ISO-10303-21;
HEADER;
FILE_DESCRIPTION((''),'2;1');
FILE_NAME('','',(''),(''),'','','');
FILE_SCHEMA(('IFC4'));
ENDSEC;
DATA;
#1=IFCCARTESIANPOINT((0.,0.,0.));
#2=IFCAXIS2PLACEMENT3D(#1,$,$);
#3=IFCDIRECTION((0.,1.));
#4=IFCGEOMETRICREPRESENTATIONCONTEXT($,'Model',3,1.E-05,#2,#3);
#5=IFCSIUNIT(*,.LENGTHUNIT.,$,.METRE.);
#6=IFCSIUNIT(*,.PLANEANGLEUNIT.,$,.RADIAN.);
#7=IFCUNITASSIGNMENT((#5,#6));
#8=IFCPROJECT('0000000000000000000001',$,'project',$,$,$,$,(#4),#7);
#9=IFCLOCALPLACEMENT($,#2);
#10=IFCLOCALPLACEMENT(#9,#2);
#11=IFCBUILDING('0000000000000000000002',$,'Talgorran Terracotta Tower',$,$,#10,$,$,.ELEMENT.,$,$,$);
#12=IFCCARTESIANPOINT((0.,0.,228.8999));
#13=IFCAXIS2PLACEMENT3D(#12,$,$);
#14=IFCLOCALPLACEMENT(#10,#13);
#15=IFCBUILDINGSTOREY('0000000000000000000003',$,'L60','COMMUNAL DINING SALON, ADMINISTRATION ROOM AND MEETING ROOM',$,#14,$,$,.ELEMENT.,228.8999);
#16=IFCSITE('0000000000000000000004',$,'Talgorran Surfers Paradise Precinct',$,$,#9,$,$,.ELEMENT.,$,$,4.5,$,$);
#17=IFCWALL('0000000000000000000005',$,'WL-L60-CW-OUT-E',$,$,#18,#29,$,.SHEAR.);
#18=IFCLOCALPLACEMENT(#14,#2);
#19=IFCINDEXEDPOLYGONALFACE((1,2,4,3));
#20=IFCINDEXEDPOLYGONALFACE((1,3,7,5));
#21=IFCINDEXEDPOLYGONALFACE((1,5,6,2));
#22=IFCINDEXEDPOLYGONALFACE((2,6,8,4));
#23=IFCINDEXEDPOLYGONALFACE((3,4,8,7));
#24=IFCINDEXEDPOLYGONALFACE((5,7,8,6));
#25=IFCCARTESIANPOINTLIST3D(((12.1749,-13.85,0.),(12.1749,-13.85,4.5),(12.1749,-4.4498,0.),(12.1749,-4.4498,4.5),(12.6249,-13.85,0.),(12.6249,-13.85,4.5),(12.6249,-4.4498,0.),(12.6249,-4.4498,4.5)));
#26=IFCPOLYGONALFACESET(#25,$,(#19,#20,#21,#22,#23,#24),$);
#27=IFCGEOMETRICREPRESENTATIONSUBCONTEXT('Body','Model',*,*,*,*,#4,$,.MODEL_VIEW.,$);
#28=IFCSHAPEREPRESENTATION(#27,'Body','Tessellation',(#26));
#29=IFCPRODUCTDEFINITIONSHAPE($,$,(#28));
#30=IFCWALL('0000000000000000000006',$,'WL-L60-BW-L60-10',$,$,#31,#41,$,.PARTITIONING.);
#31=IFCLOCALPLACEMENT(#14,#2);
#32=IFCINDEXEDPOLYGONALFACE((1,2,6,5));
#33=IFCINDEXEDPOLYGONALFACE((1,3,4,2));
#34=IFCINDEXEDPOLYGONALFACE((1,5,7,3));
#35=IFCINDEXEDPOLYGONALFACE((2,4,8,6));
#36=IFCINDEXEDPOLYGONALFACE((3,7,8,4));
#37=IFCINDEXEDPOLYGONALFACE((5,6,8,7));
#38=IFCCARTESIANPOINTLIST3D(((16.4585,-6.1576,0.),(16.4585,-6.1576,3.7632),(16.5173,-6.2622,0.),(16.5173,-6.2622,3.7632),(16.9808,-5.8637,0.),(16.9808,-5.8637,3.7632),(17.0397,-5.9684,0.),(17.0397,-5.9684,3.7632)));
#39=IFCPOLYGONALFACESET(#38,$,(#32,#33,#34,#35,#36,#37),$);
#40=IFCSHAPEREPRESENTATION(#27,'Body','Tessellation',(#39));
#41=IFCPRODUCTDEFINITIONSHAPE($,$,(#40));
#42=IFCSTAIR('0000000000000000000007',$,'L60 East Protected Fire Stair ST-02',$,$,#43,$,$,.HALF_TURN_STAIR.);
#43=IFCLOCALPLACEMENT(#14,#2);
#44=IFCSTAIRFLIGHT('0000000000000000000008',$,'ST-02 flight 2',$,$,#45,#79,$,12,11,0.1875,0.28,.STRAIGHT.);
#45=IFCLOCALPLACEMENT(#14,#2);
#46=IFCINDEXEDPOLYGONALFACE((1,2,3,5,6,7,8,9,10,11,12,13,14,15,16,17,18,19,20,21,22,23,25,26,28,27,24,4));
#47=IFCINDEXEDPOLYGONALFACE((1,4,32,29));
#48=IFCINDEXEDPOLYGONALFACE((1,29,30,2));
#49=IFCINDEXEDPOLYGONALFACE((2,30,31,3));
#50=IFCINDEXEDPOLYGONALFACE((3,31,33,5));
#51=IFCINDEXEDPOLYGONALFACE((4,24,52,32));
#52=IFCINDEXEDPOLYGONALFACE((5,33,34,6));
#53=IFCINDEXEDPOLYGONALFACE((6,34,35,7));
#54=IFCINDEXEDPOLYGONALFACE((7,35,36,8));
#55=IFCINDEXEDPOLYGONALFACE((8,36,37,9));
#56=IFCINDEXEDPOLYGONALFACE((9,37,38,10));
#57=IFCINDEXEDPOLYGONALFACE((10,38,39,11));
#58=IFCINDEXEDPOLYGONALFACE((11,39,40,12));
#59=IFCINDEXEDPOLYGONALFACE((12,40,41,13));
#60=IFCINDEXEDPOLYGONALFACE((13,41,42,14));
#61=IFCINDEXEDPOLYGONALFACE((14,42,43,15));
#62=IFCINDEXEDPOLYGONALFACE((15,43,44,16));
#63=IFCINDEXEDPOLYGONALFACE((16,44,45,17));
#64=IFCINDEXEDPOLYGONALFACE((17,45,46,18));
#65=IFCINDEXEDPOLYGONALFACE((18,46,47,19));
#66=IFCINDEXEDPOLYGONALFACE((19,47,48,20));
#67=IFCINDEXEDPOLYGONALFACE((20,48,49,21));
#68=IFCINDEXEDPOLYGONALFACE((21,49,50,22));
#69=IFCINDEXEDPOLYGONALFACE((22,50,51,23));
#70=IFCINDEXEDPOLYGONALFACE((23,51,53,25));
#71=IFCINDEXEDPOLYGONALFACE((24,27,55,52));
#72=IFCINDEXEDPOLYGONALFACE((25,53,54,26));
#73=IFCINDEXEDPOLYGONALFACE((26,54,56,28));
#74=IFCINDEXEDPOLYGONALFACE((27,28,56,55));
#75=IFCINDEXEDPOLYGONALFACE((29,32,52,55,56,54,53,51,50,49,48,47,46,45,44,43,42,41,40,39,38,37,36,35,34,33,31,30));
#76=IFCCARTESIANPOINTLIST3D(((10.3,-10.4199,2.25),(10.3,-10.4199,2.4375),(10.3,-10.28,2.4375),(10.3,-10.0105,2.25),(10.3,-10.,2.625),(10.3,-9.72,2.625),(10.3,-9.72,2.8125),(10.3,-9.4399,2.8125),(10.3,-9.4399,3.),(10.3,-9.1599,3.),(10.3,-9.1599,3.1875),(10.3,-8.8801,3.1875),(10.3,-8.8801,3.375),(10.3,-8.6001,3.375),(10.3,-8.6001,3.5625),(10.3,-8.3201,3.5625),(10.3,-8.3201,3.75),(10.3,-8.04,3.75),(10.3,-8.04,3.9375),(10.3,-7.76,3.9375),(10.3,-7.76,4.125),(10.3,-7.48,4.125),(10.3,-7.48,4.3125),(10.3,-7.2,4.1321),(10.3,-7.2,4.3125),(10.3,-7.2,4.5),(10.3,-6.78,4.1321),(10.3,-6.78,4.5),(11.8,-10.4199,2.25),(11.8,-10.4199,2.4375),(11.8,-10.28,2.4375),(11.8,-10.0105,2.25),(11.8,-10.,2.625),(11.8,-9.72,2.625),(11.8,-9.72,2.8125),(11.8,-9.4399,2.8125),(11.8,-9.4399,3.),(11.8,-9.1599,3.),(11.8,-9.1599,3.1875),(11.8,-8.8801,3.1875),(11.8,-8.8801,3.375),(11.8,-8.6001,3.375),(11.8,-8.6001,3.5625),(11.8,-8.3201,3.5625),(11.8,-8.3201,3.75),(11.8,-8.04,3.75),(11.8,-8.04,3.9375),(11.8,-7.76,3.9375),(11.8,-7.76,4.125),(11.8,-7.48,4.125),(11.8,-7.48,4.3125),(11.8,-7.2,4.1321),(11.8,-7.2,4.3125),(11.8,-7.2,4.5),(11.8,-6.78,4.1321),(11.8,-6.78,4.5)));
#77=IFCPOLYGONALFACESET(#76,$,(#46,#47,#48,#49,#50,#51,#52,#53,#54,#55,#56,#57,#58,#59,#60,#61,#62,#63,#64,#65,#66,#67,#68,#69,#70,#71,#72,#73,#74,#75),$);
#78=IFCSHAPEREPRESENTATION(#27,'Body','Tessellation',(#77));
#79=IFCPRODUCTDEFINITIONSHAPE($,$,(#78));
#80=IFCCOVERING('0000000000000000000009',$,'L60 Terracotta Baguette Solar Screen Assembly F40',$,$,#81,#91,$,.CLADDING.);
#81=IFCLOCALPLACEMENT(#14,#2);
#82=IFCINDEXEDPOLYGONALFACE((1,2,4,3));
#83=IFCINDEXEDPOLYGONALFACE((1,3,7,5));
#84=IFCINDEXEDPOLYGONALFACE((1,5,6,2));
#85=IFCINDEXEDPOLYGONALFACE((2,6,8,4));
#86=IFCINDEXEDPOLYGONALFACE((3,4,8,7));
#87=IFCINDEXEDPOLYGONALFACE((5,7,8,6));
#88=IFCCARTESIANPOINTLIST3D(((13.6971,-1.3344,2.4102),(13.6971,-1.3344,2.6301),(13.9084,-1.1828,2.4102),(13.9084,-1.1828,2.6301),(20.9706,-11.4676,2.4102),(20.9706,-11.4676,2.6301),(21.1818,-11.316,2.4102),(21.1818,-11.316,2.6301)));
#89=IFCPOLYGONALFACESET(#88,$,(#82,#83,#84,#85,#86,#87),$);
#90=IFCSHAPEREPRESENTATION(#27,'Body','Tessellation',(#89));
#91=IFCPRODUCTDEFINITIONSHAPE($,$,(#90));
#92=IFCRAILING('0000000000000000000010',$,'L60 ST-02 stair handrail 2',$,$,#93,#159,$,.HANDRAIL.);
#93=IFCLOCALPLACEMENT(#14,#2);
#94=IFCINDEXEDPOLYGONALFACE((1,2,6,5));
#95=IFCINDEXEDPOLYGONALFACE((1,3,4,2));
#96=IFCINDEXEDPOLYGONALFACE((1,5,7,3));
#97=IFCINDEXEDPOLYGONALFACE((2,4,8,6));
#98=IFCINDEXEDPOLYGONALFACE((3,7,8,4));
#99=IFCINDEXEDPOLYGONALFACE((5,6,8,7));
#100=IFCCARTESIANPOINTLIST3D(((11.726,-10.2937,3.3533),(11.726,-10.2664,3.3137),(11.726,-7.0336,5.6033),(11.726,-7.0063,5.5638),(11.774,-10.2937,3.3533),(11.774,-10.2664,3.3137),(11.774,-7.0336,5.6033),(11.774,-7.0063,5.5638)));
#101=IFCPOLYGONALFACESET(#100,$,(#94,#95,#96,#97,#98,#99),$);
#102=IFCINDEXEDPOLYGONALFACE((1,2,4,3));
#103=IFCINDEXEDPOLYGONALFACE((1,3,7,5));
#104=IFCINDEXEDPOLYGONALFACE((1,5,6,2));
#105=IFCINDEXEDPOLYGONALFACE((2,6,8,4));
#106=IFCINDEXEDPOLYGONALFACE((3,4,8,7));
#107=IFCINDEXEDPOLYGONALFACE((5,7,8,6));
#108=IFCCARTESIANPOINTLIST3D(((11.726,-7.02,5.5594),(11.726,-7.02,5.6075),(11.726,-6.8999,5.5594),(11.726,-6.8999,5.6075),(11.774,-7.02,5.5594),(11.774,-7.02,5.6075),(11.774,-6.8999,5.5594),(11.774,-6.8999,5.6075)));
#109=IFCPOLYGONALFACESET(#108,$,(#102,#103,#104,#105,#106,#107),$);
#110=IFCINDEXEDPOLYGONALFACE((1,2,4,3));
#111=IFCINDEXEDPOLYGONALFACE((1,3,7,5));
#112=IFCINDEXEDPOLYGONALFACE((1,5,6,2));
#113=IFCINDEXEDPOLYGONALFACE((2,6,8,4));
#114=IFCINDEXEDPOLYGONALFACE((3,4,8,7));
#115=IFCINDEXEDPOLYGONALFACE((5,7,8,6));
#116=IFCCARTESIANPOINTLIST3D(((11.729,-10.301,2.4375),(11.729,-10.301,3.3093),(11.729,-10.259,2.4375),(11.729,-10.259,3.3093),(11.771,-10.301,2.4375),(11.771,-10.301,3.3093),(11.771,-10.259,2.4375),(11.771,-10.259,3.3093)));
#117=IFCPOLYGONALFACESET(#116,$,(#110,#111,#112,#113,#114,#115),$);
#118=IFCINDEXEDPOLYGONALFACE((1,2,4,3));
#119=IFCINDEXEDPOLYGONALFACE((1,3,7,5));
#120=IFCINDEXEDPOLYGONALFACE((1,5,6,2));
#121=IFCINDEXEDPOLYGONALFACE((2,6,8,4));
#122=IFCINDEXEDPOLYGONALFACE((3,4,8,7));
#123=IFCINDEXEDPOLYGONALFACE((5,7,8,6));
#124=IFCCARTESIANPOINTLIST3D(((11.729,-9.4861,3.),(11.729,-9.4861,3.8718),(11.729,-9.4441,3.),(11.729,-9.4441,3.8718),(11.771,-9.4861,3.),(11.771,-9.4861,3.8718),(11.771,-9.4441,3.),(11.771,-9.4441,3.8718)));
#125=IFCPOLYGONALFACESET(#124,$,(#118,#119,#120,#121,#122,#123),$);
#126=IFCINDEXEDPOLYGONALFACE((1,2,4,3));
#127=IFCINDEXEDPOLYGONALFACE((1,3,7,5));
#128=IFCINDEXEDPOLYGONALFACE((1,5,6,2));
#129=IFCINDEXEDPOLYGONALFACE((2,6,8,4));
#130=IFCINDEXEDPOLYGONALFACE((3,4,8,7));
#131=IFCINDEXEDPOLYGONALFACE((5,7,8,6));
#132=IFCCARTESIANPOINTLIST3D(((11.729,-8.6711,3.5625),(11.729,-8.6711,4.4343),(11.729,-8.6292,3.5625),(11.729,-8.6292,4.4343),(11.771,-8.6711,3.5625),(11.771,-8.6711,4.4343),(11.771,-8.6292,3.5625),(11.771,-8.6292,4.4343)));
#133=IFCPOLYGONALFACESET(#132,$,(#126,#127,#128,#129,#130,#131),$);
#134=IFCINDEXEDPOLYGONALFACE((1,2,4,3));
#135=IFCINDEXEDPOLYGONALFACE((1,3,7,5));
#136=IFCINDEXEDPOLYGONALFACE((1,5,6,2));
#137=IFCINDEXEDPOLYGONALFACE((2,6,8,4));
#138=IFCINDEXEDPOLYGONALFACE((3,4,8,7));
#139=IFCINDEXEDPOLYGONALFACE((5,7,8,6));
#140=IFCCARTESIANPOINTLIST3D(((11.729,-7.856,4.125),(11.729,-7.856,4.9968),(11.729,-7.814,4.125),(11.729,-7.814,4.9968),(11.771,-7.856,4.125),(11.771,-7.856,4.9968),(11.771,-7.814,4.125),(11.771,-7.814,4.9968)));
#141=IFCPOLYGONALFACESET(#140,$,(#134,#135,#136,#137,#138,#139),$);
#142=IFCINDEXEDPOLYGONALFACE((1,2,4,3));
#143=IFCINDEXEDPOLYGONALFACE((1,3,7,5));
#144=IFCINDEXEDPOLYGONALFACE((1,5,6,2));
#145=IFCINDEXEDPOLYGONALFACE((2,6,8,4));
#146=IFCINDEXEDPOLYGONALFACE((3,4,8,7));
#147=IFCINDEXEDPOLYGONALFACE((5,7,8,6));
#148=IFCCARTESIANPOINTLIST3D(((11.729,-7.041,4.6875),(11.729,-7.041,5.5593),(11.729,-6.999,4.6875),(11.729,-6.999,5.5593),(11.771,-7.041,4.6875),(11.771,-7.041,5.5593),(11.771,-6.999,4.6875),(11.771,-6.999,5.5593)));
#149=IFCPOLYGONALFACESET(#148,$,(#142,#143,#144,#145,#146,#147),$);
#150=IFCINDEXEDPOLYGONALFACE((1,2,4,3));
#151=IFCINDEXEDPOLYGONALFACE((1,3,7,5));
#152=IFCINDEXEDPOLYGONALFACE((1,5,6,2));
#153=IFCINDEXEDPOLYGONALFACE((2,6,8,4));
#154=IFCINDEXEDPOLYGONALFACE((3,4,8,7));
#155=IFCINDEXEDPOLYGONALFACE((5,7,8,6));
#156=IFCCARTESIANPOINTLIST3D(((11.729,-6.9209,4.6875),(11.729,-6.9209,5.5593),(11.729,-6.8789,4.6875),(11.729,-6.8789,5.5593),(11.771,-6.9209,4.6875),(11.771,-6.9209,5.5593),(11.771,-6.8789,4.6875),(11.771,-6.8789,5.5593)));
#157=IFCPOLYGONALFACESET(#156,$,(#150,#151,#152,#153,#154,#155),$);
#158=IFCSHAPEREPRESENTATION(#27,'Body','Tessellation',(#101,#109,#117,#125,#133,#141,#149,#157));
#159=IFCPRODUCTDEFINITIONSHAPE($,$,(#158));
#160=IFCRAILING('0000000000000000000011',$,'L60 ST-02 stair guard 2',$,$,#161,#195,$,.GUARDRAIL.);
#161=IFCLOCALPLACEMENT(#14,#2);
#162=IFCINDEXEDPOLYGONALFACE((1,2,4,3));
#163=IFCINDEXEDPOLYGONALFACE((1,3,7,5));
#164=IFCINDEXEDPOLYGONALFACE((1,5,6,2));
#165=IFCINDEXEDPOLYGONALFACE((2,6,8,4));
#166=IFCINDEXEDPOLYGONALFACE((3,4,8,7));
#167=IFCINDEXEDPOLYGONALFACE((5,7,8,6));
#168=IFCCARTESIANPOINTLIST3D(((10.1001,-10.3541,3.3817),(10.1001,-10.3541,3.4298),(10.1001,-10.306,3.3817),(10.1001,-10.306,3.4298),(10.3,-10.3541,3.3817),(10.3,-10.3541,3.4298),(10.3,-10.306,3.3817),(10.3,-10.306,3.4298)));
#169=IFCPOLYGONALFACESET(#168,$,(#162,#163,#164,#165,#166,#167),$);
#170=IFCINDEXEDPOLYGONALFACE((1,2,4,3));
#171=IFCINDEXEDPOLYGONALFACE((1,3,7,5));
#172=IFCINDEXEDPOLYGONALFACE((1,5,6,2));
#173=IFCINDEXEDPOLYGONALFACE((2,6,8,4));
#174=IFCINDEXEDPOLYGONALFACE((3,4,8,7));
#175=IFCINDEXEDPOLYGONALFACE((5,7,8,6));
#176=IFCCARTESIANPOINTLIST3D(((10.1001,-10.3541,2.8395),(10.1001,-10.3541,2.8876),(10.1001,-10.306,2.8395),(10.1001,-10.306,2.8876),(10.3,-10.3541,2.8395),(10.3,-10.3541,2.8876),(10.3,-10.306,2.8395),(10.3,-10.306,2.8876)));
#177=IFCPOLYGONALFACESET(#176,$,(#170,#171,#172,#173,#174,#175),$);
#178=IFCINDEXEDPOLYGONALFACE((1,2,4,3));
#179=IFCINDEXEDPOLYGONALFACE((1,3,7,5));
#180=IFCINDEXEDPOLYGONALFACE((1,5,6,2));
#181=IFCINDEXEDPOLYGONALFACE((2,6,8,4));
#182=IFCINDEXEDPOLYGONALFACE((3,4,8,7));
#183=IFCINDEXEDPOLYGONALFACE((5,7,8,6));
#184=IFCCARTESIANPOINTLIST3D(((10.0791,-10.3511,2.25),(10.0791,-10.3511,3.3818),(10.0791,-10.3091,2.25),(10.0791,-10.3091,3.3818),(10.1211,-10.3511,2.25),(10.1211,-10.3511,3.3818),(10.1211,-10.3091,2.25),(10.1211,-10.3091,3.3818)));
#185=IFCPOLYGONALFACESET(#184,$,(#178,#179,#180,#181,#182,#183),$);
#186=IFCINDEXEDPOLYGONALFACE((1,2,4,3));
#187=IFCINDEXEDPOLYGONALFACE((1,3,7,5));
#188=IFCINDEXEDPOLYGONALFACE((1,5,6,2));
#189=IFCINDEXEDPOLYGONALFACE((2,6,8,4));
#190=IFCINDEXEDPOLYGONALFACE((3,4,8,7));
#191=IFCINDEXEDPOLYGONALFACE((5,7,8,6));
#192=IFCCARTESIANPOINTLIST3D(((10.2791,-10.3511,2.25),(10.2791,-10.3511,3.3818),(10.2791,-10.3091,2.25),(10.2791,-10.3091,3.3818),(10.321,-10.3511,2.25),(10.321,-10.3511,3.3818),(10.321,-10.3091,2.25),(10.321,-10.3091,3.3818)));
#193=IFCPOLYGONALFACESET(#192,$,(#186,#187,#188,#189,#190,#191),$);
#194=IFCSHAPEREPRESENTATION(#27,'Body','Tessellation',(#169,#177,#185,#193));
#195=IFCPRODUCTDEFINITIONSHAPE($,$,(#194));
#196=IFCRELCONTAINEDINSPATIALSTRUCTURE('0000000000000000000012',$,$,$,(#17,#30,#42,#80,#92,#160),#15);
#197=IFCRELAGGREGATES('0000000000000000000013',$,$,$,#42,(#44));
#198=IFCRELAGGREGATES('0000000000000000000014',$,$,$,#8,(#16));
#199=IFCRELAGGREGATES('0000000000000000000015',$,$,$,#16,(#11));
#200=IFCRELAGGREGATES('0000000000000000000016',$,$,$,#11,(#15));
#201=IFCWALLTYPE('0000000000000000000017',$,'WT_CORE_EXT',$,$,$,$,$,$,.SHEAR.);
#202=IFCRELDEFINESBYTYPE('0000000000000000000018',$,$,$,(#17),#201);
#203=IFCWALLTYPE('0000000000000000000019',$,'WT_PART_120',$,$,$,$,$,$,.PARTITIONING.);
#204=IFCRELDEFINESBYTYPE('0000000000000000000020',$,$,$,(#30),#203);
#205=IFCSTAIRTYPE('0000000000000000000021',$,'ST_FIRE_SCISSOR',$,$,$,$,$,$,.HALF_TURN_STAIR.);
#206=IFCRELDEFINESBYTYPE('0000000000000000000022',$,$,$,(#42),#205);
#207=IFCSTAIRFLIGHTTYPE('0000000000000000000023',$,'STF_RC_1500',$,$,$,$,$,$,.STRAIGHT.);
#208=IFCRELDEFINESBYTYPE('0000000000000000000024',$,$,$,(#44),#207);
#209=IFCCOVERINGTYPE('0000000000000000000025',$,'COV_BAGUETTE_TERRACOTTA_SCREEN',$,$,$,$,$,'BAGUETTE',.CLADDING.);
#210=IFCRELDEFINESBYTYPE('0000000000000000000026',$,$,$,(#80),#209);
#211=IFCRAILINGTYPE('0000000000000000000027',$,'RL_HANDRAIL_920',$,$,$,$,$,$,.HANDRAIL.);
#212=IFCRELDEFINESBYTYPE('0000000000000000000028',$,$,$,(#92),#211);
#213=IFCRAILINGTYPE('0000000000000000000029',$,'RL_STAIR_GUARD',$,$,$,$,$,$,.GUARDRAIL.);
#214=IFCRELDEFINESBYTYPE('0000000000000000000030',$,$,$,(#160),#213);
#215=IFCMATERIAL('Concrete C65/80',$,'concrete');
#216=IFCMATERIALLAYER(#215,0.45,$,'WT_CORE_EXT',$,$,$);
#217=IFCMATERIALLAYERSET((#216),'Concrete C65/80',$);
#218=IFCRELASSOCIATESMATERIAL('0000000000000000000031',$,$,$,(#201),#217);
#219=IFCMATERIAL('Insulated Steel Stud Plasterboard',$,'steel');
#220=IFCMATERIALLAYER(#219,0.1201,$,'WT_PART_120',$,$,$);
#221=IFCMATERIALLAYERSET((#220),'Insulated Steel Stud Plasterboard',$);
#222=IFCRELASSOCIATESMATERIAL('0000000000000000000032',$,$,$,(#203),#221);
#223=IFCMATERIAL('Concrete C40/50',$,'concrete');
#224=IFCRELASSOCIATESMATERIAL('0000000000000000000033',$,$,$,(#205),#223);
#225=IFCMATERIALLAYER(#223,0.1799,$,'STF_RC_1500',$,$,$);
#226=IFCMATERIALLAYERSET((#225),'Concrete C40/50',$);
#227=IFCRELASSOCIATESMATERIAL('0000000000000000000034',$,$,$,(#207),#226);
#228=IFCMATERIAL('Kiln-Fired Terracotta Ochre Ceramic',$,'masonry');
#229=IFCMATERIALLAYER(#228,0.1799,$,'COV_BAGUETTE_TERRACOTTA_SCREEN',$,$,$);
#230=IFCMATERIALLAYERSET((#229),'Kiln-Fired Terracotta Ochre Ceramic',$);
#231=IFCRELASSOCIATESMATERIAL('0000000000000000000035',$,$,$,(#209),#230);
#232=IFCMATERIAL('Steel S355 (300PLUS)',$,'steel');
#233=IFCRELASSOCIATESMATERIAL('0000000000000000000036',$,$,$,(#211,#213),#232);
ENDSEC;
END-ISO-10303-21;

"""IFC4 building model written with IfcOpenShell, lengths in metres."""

from ifc_helpers import new_model, si_unit, direction, frame, frame_2d, origin, origin_2d, place, context, subcontext, project, spatial, polyline, rectangle, outline, extrude, material, layer, layer_set, type_object, element, aggregate, save


model = new_model("IFC4")

# Units and contexts
model_context = context("Model", 3, precision=1e-05, world=origin(), true_north=direction((0.0, 1.0)))
body_context = subcontext(model_context, "Body", "Model", "MODEL_VIEW")
ifc_project = project(units=[si_unit("LENGTHUNIT", "METRE"), si_unit("PLANEANGLEUNIT", "RADIAN")], contexts=[model_context])

# Site, building, storey
site_placement = place(None, origin())
site = spatial("IfcSite", under=ifc_project, at=site_placement, Name="Talgorran Surfers Paradise Precinct", CompositionType="ELEMENT", RefElevation=4.5)
building_placement = place(site_placement, origin())
building = spatial("IfcBuilding", under=site, at=building_placement, Name="Talgorran Terracotta Tower", CompositionType="ELEMENT")
storey_placement = place(building_placement, frame((0.0, 0.0, 228.8999)))
storey = spatial("IfcBuildingStorey", under=building, at=storey_placement, Name="L60", Description="COMMUNAL DINING SALON, ADMINISTRATION ROOM AND MEETING ROOM", CompositionType="ELEMENT", Elevation=228.8999)

# Shared definitions
ifc_material_1 = material(Name="Steel S355 (300PLUS)", Category="steel")

# Walls
ifc_material_2 = material(Name="Concrete C65/80", Category="concrete")
ifc_layer_1 = layer(ifc_material_2, 0.45, Name="WT_CORE_EXT")
ifc_layer_set_1 = layer_set([ifc_layer_1], Name="Concrete C65/80")
wall_type_1 = type_object("IfcWallType", Name="WT_CORE_EXT", PredefinedType="SHEAR", material=ifc_layer_set_1)
wall_1_placement = place(storey_placement, frame((12.3999, -13.8501, 0.0), z_axis=(0.0, 0.0, 1.0), x_axis=(0.0, 1.0, 0.0)))
element("IfcWall", 1, at=wall_1_placement, inside=storey, type_object=wall_type_1, Name="WL-L60-CW-OUT-E", PredefinedType="SHEAR", context=body_context, shape_type="SweptSolid", body=[
    extrude(rectangle(XDim=9.4001, YDim=0.45, at=frame_2d((4.7002, 0.0))), origin(), (0.0, 0.0, 1.0), 4.5),
])
ifc_material_3 = material(Name="Insulated Steel Stud Plasterboard", Category="steel")
ifc_layer_2 = layer(ifc_material_3, 0.1201, Name="WT_PART_120")
ifc_layer_set_2 = layer_set([ifc_layer_2], Name="Insulated Steel Stud Plasterboard")
wall_type_2 = type_object("IfcWallType", Name="WT_PART_120", PredefinedType="PARTITIONING", material=ifc_layer_set_2)
wall_2_placement = place(storey_placement, frame((16.4878, -6.21, 0.0), z_axis=(0.0, 0.0, 1.0), x_axis=(0.871532, 0.490339, 0.0)))
element("IfcWall", 2, at=wall_2_placement, inside=storey, type_object=wall_type_2, Name="WL-L60-BW-L60-10", PredefinedType="PARTITIONING", context=body_context, shape_type="SweptSolid", body=[
    extrude(rectangle(XDim=0.5994, YDim=0.1201, at=frame_2d((0.2998, 0.0))), origin(), (0.0, 0.0, 1.0), 3.7632),
])

# Stair, stair flight
ifc_material_4 = material(Name="Concrete C40/50", Category="concrete")
stair_type = type_object("IfcStairType", Name="ST_FIRE_SCISSOR", PredefinedType="HALF_TURN_STAIR", material=ifc_material_4)
stair_placement = place(storey_placement, origin())
stair = element("IfcStair", 3, at=stair_placement, inside=storey, type_object=stair_type, Name="L60 East Protected Fire Stair ST-02", PredefinedType="HALF_TURN_STAIR")
ifc_layer_3 = layer(ifc_material_4, 0.1799, Name="STF_RC_1500")
ifc_layer_set_3 = layer_set([ifc_layer_3], Name="Concrete C40/50")
stair_flight_type = type_object("IfcStairFlightType", Name="STF_RC_1500", PredefinedType="STRAIGHT", material=ifc_layer_set_3)
stair_flight_placement = place(storey_placement, frame((11.05, -10.28, 2.25), z_axis=(0.0, 0.0, 1.0), x_axis=(0.0, 1.0, 0.0)))
stair_flight = element("IfcStairFlight", 4, at=stair_flight_placement, type_object=stair_flight_type, Name="ST-02 flight 2", NumberOfRisers=12, NumberOfTreads=11, PredefinedType="STRAIGHT", RiserHeight=0.1875, TreadLength=0.28, context=body_context, shape_type="SweptSolid", body=[
    extrude(outline(polyline([(-0.1399, 0.0), (-0.1399, 0.1875), (0.0, 0.1875), (0.28, 0.375), (0.5601, 0.375), (0.5601, 0.5625), (0.8401, 0.5625), (0.8401, 0.75), (1.1201, 0.75), (1.1201, 0.9375), (1.3999, 0.9375), (1.3999, 1.125), (1.6799, 1.125), (1.6799, 1.3125), (1.96, 1.3125), (1.96, 1.5), (2.24, 1.5), (2.24, 1.6875), (2.52, 1.6875), (2.52, 1.875), (2.8, 1.875), (2.8, 2.0625), (3.0801, 2.0625), (3.0801, 2.25), (3.5, 2.25), (3.5, 1.8821), (3.0801, 1.8821), (0.2695, 0.0), (-0.1399, 0.0)])), frame((0.0, 0.75, 0.0), z_axis=(0.0, -1.0, 0.0), x_axis=(1.0, 0.0, 0.0)), (0.0, 0.0, 1.0), 1.5),
])
aggregate(stair, [stair_flight])

# Covering
ifc_material_5 = material(Name="Kiln-Fired Terracotta Ochre Ceramic", Category="masonry")
ifc_layer_4 = layer(ifc_material_5, 0.1799, Name="COV_BAGUETTE_TERRACOTTA_SCREEN")
ifc_layer_set_4 = layer_set([ifc_layer_4], Name="Kiln-Fired Terracotta Ochre Ceramic")
covering_type = type_object("IfcCoveringType", Name="COV_BAGUETTE_TERRACOTTA_SCREEN", ElementType="BAGUETTE", PredefinedType="CLADDING", material=ifc_layer_set_4)
covering_placement = place(storey_placement, frame((17.4395, -6.3252, 2.4102), z_axis=(0.0, 0.0, 1.0), x_axis=(-0.583116, 0.812389, 0.0)))
element("IfcCovering", 5, at=covering_placement, inside=storey, type_object=covering_type, Name="L60 Terracotta Baguette Solar Screen Assembly F40", PredefinedType="CLADDING", context=body_context, shape_type="SweptSolid", body=[
    extrude(rectangle(XDim=12.4734, YDim=0.26, at=origin_2d()), origin(), (0.0, 0.0, 1.0), 0.22),
])

# Railings
railing_type_1 = type_object("IfcRailingType", Name="RL_HANDRAIL_920", PredefinedType="HANDRAIL", material=ifc_material_1)
railing_1_placement = place(storey_placement, frame((11.75, -10.28, 2.4375)))
element("IfcRailing", 6, at=railing_1_placement, inside=storey, type_object=railing_type_1, Name="L60 ST-02 stair handrail 2", PredefinedType="HANDRAIL", context=body_context, shape_type="SweptSolid", body=[
    extrude(rectangle(XDim=0.0481, YDim=0.0481, at=origin_2d()), frame((0.0, 0.0, 0.896), z_axis=(0.0, 0.82301, 0.568027), x_axis=(-1.0, 0.0, 0.0)), (0.0, 0.0, 1.0), 3.9612),
    extrude(rectangle(XDim=0.0481, YDim=0.0481, at=origin_2d()), frame((0.0, 3.26, 3.146), z_axis=(0.0, 1.0, 0.0), x_axis=(-1.0, 0.0, 0.0)), (0.0, 0.0, 1.0), 0.1201),
    extrude(rectangle(XDim=0.042, YDim=0.042, at=origin_2d()), origin(), (0.0, 0.0, 1.0), 0.8718),
    extrude(rectangle(XDim=0.042, YDim=0.042, at=origin_2d()), frame((0.0, 0.8149, 0.5625)), (0.0, 0.0, 1.0), 0.8718),
    extrude(rectangle(XDim=0.042, YDim=0.042, at=origin_2d()), frame((0.0, 1.6299, 1.125)), (0.0, 0.0, 1.0), 0.8718),
    extrude(rectangle(XDim=0.042, YDim=0.042, at=origin_2d()), frame((0.0, 2.4451, 1.6875)), (0.0, 0.0, 1.0), 0.8718),
    extrude(rectangle(XDim=0.042, YDim=0.042, at=origin_2d()), frame((0.0, 3.26, 2.25)), (0.0, 0.0, 1.0), 0.8718),
    extrude(rectangle(XDim=0.042, YDim=0.042, at=origin_2d()), frame((0.0, 3.3801, 2.25)), (0.0, 0.0, 1.0), 0.8718),
])
railing_type_2 = type_object("IfcRailingType", Name="RL_STAIR_GUARD", PredefinedType="GUARDRAIL", material=ifc_material_1)
railing_2_placement = place(storey_placement, frame((10.1001, -10.3301, 2.25)))
element("IfcRailing", 7, at=railing_2_placement, inside=storey, type_object=railing_type_2, Name="L60 ST-02 stair guard 2", PredefinedType="GUARDRAIL", context=body_context, shape_type="SweptSolid", body=[
    extrude(rectangle(XDim=0.0481, YDim=0.0481, at=origin_2d()), frame((0.0, 0.0, 1.1558), z_axis=(1.0, 0.0, 0.0), x_axis=(0.0, 1.0, 0.0)), (0.0, 0.0, 1.0), 0.2),
    extrude(rectangle(XDim=0.0481, YDim=0.0481, at=origin_2d()), frame((0.0, 0.0, 0.6135), z_axis=(1.0, 0.0, 0.0), x_axis=(0.0, 1.0, 0.0)), (0.0, 0.0, 1.0), 0.2),
    extrude(rectangle(XDim=0.042, YDim=0.042, at=origin_2d()), origin(), (0.0, 0.0, 1.0), 1.1318),
    extrude(rectangle(XDim=0.042, YDim=0.042, at=origin_2d()), frame((0.2, 0.0, 0.0)), (0.0, 0.0, 1.0), 1.1318),
])

save(model, "model.ifc")
